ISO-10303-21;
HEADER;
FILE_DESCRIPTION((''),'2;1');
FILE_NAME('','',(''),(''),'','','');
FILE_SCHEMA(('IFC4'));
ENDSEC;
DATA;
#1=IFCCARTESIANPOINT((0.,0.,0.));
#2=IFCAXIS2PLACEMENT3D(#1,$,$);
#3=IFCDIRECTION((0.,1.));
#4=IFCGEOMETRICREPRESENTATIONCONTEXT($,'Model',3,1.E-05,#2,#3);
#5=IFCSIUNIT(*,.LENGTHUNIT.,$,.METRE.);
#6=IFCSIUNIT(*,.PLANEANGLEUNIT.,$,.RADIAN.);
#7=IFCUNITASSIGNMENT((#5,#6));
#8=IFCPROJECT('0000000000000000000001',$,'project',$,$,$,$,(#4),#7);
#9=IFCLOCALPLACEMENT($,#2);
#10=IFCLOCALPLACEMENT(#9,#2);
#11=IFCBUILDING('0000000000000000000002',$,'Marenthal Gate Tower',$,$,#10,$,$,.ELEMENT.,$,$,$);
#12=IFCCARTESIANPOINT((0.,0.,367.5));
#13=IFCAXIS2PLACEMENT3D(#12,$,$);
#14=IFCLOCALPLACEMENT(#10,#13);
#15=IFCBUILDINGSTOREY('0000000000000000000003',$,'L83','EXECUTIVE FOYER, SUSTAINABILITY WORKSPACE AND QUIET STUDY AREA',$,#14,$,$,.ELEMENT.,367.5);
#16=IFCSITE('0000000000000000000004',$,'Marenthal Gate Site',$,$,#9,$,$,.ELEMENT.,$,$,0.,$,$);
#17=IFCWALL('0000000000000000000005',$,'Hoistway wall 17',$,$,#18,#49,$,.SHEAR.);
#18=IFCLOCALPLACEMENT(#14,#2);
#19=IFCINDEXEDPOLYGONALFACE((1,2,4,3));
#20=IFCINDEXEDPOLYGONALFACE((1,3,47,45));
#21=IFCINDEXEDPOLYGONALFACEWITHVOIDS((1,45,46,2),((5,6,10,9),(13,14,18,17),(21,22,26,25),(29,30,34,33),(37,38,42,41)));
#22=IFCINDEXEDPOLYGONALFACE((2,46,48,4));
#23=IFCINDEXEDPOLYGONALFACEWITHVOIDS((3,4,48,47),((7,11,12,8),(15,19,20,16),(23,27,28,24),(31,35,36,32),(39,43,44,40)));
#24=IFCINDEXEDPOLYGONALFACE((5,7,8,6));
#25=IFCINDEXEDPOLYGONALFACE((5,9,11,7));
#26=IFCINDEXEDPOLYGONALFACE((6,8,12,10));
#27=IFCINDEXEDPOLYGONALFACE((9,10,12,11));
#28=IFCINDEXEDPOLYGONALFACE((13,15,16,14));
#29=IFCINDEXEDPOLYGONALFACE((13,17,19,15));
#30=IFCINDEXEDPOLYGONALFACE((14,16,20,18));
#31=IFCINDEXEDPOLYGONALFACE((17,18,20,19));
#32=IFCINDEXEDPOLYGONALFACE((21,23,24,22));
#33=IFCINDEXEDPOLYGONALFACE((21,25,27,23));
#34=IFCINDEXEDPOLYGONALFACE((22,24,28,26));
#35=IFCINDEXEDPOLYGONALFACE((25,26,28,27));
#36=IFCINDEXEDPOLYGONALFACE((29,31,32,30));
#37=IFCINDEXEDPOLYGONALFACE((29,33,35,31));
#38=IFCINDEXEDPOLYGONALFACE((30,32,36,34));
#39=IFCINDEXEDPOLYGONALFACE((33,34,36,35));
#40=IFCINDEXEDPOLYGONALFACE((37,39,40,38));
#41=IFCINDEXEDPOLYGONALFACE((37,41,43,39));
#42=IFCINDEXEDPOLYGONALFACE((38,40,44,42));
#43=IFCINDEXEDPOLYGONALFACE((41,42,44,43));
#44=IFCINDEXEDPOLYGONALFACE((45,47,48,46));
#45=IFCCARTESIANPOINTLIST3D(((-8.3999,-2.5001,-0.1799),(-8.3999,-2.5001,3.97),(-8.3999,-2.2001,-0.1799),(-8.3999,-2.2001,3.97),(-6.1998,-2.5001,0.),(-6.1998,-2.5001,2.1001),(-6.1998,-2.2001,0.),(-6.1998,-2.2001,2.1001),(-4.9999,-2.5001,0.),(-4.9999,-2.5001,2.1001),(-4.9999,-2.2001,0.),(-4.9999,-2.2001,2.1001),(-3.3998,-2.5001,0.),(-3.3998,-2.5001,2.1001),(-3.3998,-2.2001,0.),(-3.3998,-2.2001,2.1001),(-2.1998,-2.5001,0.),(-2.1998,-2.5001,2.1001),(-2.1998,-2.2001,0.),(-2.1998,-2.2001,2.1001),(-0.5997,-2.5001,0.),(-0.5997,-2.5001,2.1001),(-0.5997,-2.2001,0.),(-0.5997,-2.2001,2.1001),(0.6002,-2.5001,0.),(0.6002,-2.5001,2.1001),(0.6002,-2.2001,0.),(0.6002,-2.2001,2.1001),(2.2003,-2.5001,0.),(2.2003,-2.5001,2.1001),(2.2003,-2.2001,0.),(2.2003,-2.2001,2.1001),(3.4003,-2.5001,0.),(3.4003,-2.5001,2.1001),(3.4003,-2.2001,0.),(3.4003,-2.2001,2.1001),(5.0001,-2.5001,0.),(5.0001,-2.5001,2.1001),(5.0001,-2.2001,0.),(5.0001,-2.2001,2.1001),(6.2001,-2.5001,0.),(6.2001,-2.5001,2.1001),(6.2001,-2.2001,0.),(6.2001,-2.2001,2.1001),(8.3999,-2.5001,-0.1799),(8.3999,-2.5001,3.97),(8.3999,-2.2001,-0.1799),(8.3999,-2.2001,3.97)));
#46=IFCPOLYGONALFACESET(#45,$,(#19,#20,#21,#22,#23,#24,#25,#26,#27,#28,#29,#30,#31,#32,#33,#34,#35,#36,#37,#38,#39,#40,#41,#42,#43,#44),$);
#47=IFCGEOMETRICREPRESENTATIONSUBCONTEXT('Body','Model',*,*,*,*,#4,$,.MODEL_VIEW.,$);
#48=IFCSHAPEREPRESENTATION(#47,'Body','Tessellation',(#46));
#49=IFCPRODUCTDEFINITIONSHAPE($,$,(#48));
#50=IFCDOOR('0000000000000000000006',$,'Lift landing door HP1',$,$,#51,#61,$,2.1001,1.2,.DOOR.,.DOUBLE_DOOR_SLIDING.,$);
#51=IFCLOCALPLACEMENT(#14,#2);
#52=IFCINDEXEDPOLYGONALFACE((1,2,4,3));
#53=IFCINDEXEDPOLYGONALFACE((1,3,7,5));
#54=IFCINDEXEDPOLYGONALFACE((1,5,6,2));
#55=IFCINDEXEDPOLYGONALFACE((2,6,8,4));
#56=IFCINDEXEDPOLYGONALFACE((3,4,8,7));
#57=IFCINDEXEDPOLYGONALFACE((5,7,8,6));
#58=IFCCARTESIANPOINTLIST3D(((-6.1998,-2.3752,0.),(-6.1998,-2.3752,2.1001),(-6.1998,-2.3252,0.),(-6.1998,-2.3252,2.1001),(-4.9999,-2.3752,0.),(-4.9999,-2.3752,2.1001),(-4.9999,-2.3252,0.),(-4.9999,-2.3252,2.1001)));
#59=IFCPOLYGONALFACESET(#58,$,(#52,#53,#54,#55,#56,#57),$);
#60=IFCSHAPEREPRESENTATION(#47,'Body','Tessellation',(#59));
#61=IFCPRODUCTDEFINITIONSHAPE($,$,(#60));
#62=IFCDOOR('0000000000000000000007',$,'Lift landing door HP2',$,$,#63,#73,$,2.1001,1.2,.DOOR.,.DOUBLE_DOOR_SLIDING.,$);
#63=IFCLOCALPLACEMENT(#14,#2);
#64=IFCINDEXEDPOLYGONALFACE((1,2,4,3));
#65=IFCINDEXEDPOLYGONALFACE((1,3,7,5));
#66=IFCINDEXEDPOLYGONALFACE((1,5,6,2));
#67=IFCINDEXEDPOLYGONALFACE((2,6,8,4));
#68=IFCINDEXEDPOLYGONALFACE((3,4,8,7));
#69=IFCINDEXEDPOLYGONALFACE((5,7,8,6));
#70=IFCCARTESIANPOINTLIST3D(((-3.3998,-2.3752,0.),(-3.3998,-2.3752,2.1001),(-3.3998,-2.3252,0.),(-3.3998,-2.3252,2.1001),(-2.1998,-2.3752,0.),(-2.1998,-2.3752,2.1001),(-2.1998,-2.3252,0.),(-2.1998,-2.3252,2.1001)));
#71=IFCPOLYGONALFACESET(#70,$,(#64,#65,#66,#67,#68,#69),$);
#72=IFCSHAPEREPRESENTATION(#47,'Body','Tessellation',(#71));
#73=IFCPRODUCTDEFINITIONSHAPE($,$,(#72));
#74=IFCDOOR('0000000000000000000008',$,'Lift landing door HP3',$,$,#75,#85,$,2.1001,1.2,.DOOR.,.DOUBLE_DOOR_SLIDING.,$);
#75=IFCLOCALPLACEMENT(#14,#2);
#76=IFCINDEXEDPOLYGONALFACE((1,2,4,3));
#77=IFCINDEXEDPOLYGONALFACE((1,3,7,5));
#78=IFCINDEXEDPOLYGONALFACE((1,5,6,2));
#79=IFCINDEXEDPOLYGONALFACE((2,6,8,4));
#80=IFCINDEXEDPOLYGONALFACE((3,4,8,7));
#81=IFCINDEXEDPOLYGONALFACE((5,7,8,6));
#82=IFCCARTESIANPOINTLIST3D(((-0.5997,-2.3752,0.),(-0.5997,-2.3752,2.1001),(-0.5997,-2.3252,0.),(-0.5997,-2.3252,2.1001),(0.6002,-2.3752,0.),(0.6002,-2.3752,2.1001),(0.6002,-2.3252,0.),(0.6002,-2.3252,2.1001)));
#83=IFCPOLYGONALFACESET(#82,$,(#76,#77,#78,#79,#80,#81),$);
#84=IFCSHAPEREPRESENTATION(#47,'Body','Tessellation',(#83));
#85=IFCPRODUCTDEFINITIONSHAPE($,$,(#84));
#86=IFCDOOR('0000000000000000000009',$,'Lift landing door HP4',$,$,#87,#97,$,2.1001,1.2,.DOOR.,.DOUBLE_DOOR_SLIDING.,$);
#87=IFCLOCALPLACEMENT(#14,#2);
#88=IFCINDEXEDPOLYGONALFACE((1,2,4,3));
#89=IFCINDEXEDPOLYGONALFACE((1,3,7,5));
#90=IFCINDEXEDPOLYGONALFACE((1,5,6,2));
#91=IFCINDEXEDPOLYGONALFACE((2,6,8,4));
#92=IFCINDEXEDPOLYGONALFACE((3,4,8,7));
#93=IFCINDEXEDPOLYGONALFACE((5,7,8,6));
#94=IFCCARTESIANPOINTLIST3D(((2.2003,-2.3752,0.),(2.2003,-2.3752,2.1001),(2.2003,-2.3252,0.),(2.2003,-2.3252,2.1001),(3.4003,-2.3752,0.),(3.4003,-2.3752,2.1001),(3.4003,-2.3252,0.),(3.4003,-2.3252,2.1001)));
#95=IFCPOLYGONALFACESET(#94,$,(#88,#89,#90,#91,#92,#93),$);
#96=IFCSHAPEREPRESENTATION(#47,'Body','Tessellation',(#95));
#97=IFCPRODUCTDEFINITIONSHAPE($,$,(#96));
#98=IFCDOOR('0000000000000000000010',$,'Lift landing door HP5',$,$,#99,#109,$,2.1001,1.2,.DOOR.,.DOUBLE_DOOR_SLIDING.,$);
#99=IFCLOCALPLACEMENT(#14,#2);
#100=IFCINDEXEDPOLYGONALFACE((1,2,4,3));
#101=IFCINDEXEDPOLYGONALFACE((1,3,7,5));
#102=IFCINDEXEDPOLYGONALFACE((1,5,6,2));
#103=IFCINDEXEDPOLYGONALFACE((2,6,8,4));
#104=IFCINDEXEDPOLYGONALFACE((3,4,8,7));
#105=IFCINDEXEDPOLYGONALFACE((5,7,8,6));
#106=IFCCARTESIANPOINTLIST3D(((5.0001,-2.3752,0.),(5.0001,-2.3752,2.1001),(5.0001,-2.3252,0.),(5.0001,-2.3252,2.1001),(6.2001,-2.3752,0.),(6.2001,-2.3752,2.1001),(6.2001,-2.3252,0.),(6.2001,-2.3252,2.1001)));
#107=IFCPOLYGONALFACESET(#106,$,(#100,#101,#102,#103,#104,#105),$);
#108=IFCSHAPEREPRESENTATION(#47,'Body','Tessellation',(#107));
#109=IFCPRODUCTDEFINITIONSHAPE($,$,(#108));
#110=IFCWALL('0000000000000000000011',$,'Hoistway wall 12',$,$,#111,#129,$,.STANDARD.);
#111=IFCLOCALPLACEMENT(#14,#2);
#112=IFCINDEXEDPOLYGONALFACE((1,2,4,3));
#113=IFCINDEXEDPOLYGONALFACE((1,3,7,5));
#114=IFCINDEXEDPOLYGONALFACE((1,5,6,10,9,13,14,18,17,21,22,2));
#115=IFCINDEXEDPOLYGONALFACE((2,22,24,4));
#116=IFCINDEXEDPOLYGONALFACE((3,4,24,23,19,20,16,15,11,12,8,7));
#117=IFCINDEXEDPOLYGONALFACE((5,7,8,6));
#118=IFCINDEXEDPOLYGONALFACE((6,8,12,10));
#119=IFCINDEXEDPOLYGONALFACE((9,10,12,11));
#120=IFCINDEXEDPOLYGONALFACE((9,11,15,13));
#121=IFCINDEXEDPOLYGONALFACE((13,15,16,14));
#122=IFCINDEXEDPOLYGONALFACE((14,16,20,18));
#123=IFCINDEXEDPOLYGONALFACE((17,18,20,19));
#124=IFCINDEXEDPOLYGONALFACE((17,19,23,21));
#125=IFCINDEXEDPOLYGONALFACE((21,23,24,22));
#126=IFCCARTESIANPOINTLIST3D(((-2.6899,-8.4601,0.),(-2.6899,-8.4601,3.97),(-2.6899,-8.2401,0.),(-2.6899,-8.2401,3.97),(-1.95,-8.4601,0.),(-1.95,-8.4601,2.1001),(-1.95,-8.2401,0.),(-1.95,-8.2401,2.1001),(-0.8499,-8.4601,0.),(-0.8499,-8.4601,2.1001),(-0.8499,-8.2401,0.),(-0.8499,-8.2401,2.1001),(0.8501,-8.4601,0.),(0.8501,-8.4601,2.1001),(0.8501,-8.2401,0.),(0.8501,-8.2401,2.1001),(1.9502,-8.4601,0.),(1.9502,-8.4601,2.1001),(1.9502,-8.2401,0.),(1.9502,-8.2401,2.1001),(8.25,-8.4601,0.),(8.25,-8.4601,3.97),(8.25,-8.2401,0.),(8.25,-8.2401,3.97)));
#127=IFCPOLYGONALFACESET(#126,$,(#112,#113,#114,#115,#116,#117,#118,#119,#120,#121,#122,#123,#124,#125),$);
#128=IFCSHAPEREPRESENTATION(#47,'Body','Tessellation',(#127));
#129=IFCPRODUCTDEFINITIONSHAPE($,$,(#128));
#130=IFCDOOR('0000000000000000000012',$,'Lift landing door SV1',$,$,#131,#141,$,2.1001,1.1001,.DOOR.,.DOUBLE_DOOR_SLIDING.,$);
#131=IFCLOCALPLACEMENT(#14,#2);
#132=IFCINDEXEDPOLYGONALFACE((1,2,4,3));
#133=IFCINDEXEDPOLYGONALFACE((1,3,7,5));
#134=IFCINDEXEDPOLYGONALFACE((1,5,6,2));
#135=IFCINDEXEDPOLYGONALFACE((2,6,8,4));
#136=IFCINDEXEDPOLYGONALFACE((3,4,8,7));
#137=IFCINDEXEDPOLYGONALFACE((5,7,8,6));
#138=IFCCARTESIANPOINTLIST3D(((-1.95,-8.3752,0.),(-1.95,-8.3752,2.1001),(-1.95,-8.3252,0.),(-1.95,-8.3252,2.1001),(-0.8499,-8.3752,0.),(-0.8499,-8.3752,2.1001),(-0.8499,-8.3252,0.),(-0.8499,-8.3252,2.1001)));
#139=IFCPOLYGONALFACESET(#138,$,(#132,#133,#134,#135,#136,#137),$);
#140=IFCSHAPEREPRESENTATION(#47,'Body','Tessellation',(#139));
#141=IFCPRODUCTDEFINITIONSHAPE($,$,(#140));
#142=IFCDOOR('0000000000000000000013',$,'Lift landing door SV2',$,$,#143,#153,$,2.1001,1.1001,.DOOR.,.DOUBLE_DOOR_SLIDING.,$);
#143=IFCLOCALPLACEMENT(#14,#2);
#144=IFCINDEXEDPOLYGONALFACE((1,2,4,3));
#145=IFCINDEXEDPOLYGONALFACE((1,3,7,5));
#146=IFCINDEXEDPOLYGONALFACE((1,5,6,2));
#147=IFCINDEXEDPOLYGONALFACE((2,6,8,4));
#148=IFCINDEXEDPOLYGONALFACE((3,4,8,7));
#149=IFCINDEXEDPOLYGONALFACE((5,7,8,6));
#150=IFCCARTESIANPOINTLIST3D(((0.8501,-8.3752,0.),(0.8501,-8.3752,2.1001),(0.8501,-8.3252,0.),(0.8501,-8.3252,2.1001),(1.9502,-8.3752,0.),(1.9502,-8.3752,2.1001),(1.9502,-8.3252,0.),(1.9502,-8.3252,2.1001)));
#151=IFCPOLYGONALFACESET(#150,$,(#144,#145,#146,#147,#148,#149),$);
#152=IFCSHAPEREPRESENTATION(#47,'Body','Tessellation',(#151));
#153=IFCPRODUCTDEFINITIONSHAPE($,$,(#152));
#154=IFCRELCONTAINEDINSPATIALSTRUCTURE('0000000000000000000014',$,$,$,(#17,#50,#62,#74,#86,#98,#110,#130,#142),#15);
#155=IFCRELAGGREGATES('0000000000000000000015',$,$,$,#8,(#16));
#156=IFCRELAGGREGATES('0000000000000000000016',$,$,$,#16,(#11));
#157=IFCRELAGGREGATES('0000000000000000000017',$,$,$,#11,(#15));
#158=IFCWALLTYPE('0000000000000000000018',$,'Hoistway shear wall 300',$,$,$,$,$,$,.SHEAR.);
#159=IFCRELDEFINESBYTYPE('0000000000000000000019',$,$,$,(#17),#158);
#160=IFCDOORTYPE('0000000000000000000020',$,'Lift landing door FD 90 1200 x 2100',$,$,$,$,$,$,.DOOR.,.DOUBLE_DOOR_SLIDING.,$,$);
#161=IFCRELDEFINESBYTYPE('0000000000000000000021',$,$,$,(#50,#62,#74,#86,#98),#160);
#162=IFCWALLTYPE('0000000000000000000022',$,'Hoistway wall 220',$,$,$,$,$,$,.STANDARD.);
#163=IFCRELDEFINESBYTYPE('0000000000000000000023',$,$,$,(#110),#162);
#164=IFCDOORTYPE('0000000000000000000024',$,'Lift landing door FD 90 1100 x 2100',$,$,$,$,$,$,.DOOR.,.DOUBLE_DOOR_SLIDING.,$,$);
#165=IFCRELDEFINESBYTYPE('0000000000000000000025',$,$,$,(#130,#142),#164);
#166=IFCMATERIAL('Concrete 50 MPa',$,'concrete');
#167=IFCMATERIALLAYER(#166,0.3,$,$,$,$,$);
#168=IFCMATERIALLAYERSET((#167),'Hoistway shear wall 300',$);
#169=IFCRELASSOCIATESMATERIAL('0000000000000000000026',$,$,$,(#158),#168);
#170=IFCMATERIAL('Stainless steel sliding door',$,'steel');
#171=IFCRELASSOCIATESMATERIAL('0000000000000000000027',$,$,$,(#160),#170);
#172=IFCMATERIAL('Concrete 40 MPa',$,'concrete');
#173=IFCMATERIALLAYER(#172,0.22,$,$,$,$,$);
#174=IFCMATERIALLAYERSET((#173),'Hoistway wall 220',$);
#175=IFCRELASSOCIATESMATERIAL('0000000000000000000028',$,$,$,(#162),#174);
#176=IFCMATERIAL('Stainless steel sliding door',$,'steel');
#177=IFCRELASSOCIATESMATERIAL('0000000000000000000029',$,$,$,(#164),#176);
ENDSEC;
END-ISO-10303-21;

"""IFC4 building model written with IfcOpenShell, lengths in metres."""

from ifc_helpers import new_model, si_unit, direction, frame, frame_2d, origin, place, context, subcontext, project, spatial, rectangle, extrude, material, layer, layer_set, type_object, element, fill, save


model = new_model("IFC4")

# Units and contexts
model_context = context("Model", 3, precision=1e-05, world=origin(), true_north=direction((0.0, 1.0)))
body_context = subcontext(model_context, "Body", "Model", "MODEL_VIEW")
ifc_project = project(units=[si_unit("LENGTHUNIT", "METRE"), si_unit("PLANEANGLEUNIT", "RADIAN")], contexts=[model_context])

# Site, building, storey
site_placement = place(None, origin())
site = spatial("IfcSite", under=ifc_project, at=site_placement, Name="Marenthal Gate Site", CompositionType="ELEMENT", RefElevation=0.0)
building_placement = place(site_placement, origin())
building = spatial("IfcBuilding", under=site, at=building_placement, Name="Marenthal Gate Tower", CompositionType="ELEMENT")
storey_placement = place(building_placement, frame((0.0, 0.0, 367.5)))
storey = spatial("IfcBuildingStorey", under=building, at=storey_placement, Name="L83", Description="EXECUTIVE FOYER, SUSTAINABILITY WORKSPACE AND QUIET STUDY AREA", CompositionType="ELEMENT", Elevation=367.5)

# Walls, openings, doors
ifc_material_1 = material(Name="Concrete 50 MPa", Category="concrete")
ifc_layer_1 = layer(ifc_material_1, 0.3)
ifc_layer_set_1 = layer_set([ifc_layer_1], Name="Hoistway shear wall 300")
wall_type_1 = type_object("IfcWallType", Name="Hoistway shear wall 300", PredefinedType="SHEAR", material=ifc_layer_set_1)
wall_1_placement = place(storey_placement, frame((-8.3999, -2.3501, -0.1799), z_axis=(0.0, 0.0, 1.0), x_axis=(1.0, 0.0, 0.0)))
wall_1 = element("IfcWall", 1, at=wall_1_placement, inside=storey, type_object=wall_type_1, Name="Hoistway wall 17", PredefinedType="SHEAR", context=body_context, shape_type="SweptSolid", body=[
    extrude(rectangle(XDim=16.7998, YDim=0.3, at=frame_2d((8.3999, 0.0))), origin(), (0.0, 0.0, 1.0), 4.1499),
])
opening_1_placement = place(wall_1_placement, frame((2.2, 0.0, 0.1799)))
opening_1 = element("IfcOpeningElement", 2, at=opening_1_placement, cuts=wall_1, PredefinedType="OPENING", context=body_context, shape_type="SweptSolid", body=[
    extrude(rectangle(XDim=1.2, YDim=2.1001, at=frame_2d((0.6001, 1.05))), frame((0.0, 0.1602, 0.0), z_axis=(0.0, -1.0, 0.0), x_axis=(1.0, 0.0, 0.0)), (0.0, 0.0, 1.0), 0.3201),
])
opening_2_placement = place(wall_1_placement, frame((5.0, 0.0, 0.1799)))
opening_2 = element("IfcOpeningElement", 3, at=opening_2_placement, cuts=wall_1, PredefinedType="OPENING", context=body_context, shape_type="SweptSolid", body=[
    extrude(rectangle(XDim=1.2, YDim=2.1001, at=frame_2d((0.6001, 1.05))), frame((0.0, 0.1602, 0.0), z_axis=(0.0, -1.0, 0.0), x_axis=(1.0, 0.0, 0.0)), (0.0, 0.0, 1.0), 0.3201),
])
opening_3_placement = place(wall_1_placement, frame((7.8, 0.0, 0.1799)))
opening_3 = element("IfcOpeningElement", 4, at=opening_3_placement, cuts=wall_1, PredefinedType="OPENING", context=body_context, shape_type="SweptSolid", body=[
    extrude(rectangle(XDim=1.2, YDim=2.1001, at=frame_2d((0.6001, 1.05))), frame((0.0, 0.1602, 0.0), z_axis=(0.0, -1.0, 0.0), x_axis=(1.0, 0.0, 0.0)), (0.0, 0.0, 1.0), 0.3201),
])
opening_4_placement = place(wall_1_placement, frame((10.6001, 0.0, 0.1799)))
opening_4 = element("IfcOpeningElement", 5, at=opening_4_placement, cuts=wall_1, PredefinedType="OPENING", context=body_context, shape_type="SweptSolid", body=[
    extrude(rectangle(XDim=1.2, YDim=2.1001, at=frame_2d((0.6001, 1.05))), frame((0.0, 0.1602, 0.0), z_axis=(0.0, -1.0, 0.0), x_axis=(1.0, 0.0, 0.0)), (0.0, 0.0, 1.0), 0.3201),
])
opening_5_placement = place(wall_1_placement, frame((13.3999, 0.0, 0.1799)))
opening_5 = element("IfcOpeningElement", 6, at=opening_5_placement, cuts=wall_1, PredefinedType="OPENING", context=body_context, shape_type="SweptSolid", body=[
    extrude(rectangle(XDim=1.2, YDim=2.1001, at=frame_2d((0.6001, 1.05))), frame((0.0, 0.1602, 0.0), z_axis=(0.0, -1.0, 0.0), x_axis=(1.0, 0.0, 0.0)), (0.0, 0.0, 1.0), 0.3201),
])
ifc_material_2 = material(Name="Stainless steel sliding door", Category="steel")
door_type_1 = type_object("IfcDoorType", Name="Lift landing door FD 90 1200 x 2100", OperationType="DOUBLE_DOOR_SLIDING", PredefinedType="DOOR", material=ifc_material_2)
door_1_placement = place(opening_1_placement, origin())
door_1 = element("IfcDoor", 7, at=door_1_placement, inside=storey, type_object=door_type_1, Name="Lift landing door HP1", OperationType="DOUBLE_DOOR_SLIDING", OverallHeight=2.1001, OverallWidth=1.2, PredefinedType="DOOR", context=body_context, shape_type="SweptSolid", body=[
    extrude(rectangle(XDim=1.2, YDim=2.1001, at=frame_2d((0.6001, 1.05))), frame((0.0, 0.0249, 0.0), z_axis=(0.0, -1.0, 0.0), x_axis=(1.0, 0.0, 0.0)), (0.0, 0.0, 1.0), 0.05),
])
fill(opening_1, door_1)
door_2_placement = place(opening_2_placement, origin())
door_2 = element("IfcDoor", 8, at=door_2_placement, inside=storey, type_object=door_type_1, Name="Lift landing door HP2", OperationType="DOUBLE_DOOR_SLIDING", OverallHeight=2.1001, OverallWidth=1.2, PredefinedType="DOOR", context=body_context, shape_type="SweptSolid", body=[
    extrude(rectangle(XDim=1.2, YDim=2.1001, at=frame_2d((0.6001, 1.05))), frame((0.0, 0.0249, 0.0), z_axis=(0.0, -1.0, 0.0), x_axis=(1.0, 0.0, 0.0)), (0.0, 0.0, 1.0), 0.05),
])
fill(opening_2, door_2)
door_3_placement = place(opening_3_placement, origin())
door_3 = element("IfcDoor", 9, at=door_3_placement, inside=storey, type_object=door_type_1, Name="Lift landing door HP3", OperationType="DOUBLE_DOOR_SLIDING", OverallHeight=2.1001, OverallWidth=1.2, PredefinedType="DOOR", context=body_context, shape_type="SweptSolid", body=[
    extrude(rectangle(XDim=1.2, YDim=2.1001, at=frame_2d((0.6001, 1.05))), frame((0.0, 0.0249, 0.0), z_axis=(0.0, -1.0, 0.0), x_axis=(1.0, 0.0, 0.0)), (0.0, 0.0, 1.0), 0.05),
])
fill(opening_3, door_3)
door_4_placement = place(opening_4_placement, origin())
door_4 = element("IfcDoor", 10, at=door_4_placement, inside=storey, type_object=door_type_1, Name="Lift landing door HP4", OperationType="DOUBLE_DOOR_SLIDING", OverallHeight=2.1001, OverallWidth=1.2, PredefinedType="DOOR", context=body_context, shape_type="SweptSolid", body=[
    extrude(rectangle(XDim=1.2, YDim=2.1001, at=frame_2d((0.6001, 1.05))), frame((0.0, 0.0249, 0.0), z_axis=(0.0, -1.0, 0.0), x_axis=(1.0, 0.0, 0.0)), (0.0, 0.0, 1.0), 0.05),
])
fill(opening_4, door_4)
door_5_placement = place(opening_5_placement, origin())
door_5 = element("IfcDoor", 11, at=door_5_placement, inside=storey, type_object=door_type_1, Name="Lift landing door HP5", OperationType="DOUBLE_DOOR_SLIDING", OverallHeight=2.1001, OverallWidth=1.2, PredefinedType="DOOR", context=body_context, shape_type="SweptSolid", body=[
    extrude(rectangle(XDim=1.2, YDim=2.1001, at=frame_2d((0.6001, 1.05))), frame((0.0, 0.0249, 0.0), z_axis=(0.0, -1.0, 0.0), x_axis=(1.0, 0.0, 0.0)), (0.0, 0.0, 1.0), 0.05),
])
fill(opening_5, door_5)
ifc_material_3 = material(Name="Concrete 40 MPa", Category="concrete")
ifc_layer_2 = layer(ifc_material_3, 0.22)
ifc_layer_set_2 = layer_set([ifc_layer_2], Name="Hoistway wall 220")
wall_type_2 = type_object("IfcWallType", Name="Hoistway wall 220", PredefinedType="STANDARD", material=ifc_layer_set_2)
wall_2_placement = place(storey_placement, frame((-2.6899, -8.3501, 0.0), z_axis=(0.0, 0.0, 1.0), x_axis=(1.0, 0.0, 0.0)))
wall_2 = element("IfcWall", 12, at=wall_2_placement, inside=storey, type_object=wall_type_2, Name="Hoistway wall 12", PredefinedType="STANDARD", context=body_context, shape_type="SweptSolid", body=[
    extrude(rectangle(XDim=10.9399, YDim=0.22, at=frame_2d((5.47, 0.0))), origin(), (0.0, 0.0, 1.0), 3.97),
])
opening_6_placement = place(wall_2_placement, frame((0.74, 0.0, 0.0)))
opening_6 = element("IfcOpeningElement", 13, at=opening_6_placement, cuts=wall_2, PredefinedType="OPENING", context=body_context, shape_type="SweptSolid", body=[
    extrude(rectangle(XDim=1.1001, YDim=2.1001, at=frame_2d((0.55, 1.05))), frame((0.0, 0.1201, 0.0), z_axis=(0.0, -1.0, 0.0), x_axis=(1.0, 0.0, 0.0)), (0.0, 0.0, 1.0), 0.24),
])
opening_7_placement = place(wall_2_placement, frame((3.54, 0.0, 0.0)))
opening_7 = element("IfcOpeningElement", 14, at=opening_7_placement, cuts=wall_2, PredefinedType="OPENING", context=body_context, shape_type="SweptSolid", body=[
    extrude(rectangle(XDim=1.1001, YDim=2.1001, at=frame_2d((0.55, 1.05))), frame((0.0, 0.1201, 0.0), z_axis=(0.0, -1.0, 0.0), x_axis=(1.0, 0.0, 0.0)), (0.0, 0.0, 1.0), 0.24),
])
ifc_material_4 = material(Name="Stainless steel sliding door", Category="steel")
door_type_2 = type_object("IfcDoorType", Name="Lift landing door FD 90 1100 x 2100", OperationType="DOUBLE_DOOR_SLIDING", PredefinedType="DOOR", material=ifc_material_4)
door_6_placement = place(opening_6_placement, origin())
door_6 = element("IfcDoor", 15, at=door_6_placement, inside=storey, type_object=door_type_2, Name="Lift landing door SV1", OperationType="DOUBLE_DOOR_SLIDING", OverallHeight=2.1001, OverallWidth=1.1001, PredefinedType="DOOR", context=body_context, shape_type="SweptSolid", body=[
    extrude(rectangle(XDim=1.1001, YDim=2.1001, at=frame_2d((0.55, 1.05))), frame((0.0, 0.0249, 0.0), z_axis=(0.0, -1.0, 0.0), x_axis=(1.0, 0.0, 0.0)), (0.0, 0.0, 1.0), 0.05),
])
fill(opening_6, door_6)
door_7_placement = place(opening_7_placement, origin())
door_7 = element("IfcDoor", 16, at=door_7_placement, inside=storey, type_object=door_type_2, Name="Lift landing door SV2", OperationType="DOUBLE_DOOR_SLIDING", OverallHeight=2.1001, OverallWidth=1.1001, PredefinedType="DOOR", context=body_context, shape_type="SweptSolid", body=[
    extrude(rectangle(XDim=1.1001, YDim=2.1001, at=frame_2d((0.55, 1.05))), frame((0.0, 0.0249, 0.0), z_axis=(0.0, -1.0, 0.0), x_axis=(1.0, 0.0, 0.0)), (0.0, 0.0, 1.0), 0.05),
])
fill(opening_7, door_7)

save(model, "model.ifc")
